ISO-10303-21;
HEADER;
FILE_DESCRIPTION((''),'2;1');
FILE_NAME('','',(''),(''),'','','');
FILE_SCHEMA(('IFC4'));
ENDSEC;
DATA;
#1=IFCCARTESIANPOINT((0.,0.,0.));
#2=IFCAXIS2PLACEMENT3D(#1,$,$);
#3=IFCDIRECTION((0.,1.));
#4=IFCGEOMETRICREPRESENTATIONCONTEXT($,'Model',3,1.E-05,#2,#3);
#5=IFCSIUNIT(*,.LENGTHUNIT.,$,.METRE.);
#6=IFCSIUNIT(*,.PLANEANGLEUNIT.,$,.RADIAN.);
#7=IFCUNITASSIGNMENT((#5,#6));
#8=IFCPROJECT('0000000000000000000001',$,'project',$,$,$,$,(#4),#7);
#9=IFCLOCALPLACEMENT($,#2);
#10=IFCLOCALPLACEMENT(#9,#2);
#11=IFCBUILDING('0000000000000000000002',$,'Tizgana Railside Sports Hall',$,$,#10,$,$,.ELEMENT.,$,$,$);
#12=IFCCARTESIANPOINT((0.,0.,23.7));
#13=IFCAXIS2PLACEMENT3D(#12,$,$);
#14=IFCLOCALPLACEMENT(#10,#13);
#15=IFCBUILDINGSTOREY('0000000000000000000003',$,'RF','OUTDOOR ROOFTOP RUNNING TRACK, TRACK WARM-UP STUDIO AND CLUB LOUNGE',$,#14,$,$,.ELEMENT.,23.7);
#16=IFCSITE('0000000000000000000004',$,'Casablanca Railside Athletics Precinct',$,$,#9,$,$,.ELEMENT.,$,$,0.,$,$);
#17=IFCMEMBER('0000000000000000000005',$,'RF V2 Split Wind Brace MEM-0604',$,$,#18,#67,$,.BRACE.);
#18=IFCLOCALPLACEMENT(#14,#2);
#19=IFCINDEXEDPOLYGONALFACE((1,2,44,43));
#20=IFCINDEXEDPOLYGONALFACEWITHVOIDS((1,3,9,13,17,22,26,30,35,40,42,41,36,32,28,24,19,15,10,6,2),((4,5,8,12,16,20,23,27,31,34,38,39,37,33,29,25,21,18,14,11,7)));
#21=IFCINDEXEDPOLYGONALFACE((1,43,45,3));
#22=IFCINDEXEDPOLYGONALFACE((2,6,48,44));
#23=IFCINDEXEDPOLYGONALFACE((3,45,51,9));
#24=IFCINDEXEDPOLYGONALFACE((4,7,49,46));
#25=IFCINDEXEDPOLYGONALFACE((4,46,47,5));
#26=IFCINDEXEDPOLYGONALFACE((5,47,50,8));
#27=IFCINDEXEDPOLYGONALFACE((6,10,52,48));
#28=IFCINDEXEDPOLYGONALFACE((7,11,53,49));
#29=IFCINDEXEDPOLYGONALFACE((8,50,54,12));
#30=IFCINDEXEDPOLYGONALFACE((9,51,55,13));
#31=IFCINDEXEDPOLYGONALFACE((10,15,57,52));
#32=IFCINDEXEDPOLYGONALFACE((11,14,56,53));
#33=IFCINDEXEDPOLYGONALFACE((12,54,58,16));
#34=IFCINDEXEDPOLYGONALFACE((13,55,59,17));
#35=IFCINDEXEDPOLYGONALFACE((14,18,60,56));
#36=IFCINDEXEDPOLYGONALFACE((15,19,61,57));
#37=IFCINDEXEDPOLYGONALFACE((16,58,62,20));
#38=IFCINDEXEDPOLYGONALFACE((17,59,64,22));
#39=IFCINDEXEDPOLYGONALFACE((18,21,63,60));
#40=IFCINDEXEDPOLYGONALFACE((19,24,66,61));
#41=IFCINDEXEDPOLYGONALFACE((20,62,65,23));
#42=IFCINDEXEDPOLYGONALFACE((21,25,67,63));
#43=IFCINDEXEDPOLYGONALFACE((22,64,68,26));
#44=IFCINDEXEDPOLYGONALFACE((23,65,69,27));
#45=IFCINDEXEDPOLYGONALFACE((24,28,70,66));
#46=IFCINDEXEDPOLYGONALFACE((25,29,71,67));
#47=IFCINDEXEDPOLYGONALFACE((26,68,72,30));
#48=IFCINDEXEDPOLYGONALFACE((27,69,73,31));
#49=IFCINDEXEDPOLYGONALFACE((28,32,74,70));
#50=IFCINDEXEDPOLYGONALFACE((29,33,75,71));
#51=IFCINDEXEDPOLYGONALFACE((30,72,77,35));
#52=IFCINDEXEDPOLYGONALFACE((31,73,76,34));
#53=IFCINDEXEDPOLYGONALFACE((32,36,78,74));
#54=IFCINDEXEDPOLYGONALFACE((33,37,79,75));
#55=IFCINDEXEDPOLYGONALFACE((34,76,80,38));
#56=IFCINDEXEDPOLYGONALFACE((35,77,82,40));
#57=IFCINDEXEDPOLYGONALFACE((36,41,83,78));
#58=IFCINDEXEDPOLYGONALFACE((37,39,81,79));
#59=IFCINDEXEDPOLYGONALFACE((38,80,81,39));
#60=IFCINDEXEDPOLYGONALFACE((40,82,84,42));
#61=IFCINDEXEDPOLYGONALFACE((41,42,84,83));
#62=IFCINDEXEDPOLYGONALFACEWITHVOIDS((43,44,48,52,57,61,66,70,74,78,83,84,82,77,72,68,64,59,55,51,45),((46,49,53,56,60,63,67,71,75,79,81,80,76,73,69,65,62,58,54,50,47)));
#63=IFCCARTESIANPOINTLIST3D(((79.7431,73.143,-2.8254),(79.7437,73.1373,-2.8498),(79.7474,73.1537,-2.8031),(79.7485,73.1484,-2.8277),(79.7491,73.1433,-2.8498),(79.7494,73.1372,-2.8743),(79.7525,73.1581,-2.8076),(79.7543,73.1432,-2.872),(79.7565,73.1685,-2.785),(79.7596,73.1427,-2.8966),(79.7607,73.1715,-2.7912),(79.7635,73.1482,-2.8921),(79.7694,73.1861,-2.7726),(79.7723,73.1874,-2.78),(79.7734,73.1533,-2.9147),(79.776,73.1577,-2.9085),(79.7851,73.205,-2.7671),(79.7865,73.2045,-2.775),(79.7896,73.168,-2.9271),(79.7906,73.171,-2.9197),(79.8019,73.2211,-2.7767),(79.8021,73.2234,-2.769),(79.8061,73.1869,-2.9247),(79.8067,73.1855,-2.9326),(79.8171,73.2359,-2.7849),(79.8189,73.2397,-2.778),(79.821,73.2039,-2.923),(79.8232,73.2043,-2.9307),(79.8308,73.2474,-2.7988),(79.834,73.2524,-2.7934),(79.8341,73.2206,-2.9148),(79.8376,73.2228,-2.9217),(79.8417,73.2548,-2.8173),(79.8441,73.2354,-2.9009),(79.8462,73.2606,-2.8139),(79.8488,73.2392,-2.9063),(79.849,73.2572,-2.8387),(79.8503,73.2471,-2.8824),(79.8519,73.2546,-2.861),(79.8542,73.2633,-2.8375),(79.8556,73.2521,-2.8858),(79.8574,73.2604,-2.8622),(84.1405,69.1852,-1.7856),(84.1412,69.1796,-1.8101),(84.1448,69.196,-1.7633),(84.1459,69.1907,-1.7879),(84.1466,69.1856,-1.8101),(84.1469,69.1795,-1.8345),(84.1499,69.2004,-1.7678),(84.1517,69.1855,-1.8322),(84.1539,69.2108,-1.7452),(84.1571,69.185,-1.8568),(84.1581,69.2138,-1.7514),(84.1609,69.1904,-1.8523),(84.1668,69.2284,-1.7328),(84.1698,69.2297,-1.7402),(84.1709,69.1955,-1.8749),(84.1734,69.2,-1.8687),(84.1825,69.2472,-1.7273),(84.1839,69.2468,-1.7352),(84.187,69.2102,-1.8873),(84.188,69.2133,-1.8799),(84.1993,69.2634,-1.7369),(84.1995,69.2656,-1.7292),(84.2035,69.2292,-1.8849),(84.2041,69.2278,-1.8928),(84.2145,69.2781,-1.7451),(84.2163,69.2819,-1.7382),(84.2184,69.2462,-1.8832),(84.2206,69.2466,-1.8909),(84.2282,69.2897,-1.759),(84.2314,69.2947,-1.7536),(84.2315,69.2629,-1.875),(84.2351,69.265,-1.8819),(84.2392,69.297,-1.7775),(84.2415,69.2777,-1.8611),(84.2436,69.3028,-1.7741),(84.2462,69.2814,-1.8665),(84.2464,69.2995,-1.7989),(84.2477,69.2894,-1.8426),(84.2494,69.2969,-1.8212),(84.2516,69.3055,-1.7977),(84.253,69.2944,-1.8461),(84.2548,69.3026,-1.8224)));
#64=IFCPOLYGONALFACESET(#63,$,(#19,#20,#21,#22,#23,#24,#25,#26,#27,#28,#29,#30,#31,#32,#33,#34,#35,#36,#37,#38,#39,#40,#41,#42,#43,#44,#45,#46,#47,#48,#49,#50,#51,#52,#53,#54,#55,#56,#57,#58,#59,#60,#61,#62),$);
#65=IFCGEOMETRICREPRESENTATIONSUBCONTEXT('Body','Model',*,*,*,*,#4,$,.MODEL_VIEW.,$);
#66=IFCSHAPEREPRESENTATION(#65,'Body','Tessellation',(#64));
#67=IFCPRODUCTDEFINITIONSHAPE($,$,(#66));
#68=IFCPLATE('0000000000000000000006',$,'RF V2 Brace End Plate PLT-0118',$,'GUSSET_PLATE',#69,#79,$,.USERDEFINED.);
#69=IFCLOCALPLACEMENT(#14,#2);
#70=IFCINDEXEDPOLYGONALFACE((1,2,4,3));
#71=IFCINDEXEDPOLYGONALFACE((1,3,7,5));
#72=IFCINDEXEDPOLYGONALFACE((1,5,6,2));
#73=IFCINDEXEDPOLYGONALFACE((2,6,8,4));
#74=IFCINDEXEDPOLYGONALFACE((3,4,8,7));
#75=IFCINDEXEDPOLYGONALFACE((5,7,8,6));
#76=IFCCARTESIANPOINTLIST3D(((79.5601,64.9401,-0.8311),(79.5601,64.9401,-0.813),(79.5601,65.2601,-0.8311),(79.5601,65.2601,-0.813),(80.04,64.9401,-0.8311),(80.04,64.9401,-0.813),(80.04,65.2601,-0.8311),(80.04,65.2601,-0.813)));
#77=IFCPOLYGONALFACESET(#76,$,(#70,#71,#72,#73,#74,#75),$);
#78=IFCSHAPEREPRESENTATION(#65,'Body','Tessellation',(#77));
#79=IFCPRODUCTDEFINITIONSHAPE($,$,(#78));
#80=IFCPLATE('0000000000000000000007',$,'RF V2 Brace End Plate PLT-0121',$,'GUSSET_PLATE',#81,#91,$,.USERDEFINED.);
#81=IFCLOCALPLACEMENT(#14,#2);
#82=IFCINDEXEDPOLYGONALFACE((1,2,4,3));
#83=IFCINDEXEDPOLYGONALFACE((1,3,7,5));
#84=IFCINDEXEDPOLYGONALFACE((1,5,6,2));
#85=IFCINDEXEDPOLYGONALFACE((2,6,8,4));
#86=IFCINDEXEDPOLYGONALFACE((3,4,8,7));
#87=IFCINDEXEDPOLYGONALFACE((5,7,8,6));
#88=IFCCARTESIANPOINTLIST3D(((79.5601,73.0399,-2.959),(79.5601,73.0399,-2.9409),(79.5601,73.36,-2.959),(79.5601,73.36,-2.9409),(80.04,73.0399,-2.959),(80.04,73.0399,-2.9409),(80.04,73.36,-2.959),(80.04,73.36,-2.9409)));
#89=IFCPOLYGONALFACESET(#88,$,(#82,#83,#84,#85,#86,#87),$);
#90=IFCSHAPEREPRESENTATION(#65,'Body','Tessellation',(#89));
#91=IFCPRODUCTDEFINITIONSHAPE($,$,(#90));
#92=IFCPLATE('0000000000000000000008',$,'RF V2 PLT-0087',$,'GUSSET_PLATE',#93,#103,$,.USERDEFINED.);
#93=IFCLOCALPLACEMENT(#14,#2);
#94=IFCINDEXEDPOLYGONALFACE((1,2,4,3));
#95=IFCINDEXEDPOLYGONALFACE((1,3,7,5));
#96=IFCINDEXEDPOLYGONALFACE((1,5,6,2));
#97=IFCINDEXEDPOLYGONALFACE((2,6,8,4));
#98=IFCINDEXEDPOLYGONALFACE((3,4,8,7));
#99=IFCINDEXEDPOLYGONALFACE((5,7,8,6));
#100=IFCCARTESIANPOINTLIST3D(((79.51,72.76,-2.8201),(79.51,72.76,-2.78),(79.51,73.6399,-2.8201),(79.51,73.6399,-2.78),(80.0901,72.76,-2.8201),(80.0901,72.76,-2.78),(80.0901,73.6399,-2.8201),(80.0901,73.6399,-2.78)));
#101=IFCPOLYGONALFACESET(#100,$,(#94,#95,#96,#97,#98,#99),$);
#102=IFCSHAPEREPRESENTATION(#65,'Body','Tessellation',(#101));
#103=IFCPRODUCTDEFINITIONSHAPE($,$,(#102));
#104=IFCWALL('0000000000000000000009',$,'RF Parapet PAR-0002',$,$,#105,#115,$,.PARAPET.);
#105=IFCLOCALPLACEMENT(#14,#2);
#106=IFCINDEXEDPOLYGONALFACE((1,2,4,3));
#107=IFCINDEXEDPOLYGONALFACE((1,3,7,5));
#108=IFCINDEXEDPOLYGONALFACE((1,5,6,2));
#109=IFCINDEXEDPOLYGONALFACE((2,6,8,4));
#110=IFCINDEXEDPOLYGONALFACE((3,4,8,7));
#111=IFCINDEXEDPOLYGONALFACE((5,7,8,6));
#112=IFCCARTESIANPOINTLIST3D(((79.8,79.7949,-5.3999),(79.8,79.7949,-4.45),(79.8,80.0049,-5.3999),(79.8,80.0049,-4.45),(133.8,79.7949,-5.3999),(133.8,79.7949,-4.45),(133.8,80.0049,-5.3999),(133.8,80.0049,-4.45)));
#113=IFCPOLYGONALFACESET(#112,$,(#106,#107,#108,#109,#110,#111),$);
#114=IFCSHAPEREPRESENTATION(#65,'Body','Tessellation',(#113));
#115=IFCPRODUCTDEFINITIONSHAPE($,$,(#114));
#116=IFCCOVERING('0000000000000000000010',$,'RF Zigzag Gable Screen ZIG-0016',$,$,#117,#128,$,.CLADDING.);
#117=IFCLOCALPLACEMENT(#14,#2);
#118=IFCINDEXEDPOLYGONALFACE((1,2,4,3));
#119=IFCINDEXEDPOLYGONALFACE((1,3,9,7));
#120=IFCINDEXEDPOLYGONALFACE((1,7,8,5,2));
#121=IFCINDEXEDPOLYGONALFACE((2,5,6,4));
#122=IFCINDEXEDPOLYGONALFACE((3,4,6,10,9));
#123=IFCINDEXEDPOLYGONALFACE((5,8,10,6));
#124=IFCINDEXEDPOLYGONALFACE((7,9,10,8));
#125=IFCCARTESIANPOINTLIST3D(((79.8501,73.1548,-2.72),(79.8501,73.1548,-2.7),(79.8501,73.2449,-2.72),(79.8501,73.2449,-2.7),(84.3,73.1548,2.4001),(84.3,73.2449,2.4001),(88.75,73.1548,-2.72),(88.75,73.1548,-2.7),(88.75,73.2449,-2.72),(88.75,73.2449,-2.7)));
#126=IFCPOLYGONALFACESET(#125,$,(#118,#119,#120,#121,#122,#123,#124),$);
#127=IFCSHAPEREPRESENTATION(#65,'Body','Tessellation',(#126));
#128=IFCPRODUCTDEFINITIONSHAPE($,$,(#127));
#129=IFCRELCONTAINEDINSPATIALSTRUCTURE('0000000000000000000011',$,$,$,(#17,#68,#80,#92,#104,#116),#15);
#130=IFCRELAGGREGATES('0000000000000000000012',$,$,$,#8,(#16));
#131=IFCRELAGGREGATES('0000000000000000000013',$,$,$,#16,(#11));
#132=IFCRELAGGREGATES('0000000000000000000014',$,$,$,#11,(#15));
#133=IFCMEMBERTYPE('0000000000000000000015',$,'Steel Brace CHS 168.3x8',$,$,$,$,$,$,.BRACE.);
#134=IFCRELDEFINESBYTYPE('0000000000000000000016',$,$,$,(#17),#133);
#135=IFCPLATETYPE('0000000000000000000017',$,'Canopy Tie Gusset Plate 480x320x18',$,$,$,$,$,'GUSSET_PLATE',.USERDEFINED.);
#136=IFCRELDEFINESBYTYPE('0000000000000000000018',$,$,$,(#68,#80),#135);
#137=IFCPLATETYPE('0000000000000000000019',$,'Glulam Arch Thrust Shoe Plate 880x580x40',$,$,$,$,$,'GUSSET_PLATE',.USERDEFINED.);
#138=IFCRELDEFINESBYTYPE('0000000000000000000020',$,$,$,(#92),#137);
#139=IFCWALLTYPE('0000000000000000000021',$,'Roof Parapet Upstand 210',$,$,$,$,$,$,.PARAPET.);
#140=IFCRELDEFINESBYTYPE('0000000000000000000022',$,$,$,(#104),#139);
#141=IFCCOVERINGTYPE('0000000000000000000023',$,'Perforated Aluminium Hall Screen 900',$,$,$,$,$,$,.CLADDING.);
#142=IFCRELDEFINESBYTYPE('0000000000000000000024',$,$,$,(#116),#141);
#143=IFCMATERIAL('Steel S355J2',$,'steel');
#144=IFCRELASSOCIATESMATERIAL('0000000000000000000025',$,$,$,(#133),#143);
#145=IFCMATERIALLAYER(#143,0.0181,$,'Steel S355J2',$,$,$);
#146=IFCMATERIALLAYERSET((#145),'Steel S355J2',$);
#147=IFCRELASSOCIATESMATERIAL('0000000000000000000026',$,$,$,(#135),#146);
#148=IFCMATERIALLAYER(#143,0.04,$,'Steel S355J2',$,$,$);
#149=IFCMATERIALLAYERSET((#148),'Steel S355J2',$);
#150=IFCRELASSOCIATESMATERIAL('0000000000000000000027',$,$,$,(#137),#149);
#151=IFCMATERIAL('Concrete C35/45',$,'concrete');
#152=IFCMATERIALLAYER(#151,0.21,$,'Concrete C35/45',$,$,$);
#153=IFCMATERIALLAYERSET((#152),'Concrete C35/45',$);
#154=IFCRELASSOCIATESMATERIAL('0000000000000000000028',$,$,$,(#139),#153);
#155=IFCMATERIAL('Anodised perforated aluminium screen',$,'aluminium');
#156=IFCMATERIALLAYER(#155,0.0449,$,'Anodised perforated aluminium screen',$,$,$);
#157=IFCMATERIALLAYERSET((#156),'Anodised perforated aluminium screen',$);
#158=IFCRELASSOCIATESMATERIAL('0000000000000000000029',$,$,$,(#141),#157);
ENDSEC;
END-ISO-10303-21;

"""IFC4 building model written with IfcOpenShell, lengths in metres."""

from ifc_helpers import new_model, si_unit, direction, frame, frame_2d, origin, origin_2d, place, context, subcontext, project, spatial, polyline, rectangle, hollow_circle, outline, extrude, material, layer, layer_set, material_profile, profile_set, type_object, element, save


model = new_model("IFC4")

# Units and contexts
model_context = context("Model", 3, precision=1e-05, world=origin(), true_north=direction((0.0, 1.0)))
body_context = subcontext(model_context, "Body", "Model", "MODEL_VIEW")
ifc_project = project(units=[si_unit("LENGTHUNIT", "METRE"), si_unit("PLANEANGLEUNIT", "RADIAN")], contexts=[model_context])

# Site, building, storey
site_placement = place(None, origin())
site = spatial("IfcSite", under=ifc_project, at=site_placement, Name="Casablanca Railside Athletics Precinct", CompositionType="ELEMENT", RefElevation=0.0)
building_placement = place(site_placement, origin())
building = spatial("IfcBuilding", under=site, at=building_placement, Name="Tizgana Railside Sports Hall", CompositionType="ELEMENT")
storey_placement = place(building_placement, frame((0.0, 0.0, 23.7)))
storey = spatial("IfcBuildingStorey", under=building, at=storey_placement, Name="RF", Description="OUTDOOR ROOFTOP RUNNING TRACK, TRACK WARM-UP STUDIO AND CLUB LOUNGE", CompositionType="ELEMENT", Elevation=23.7)

# Member
ifc_material_1 = material(Name="Steel S355J2", Category="steel")
ifc_material_profile_1 = material_profile(ifc_material_1, hollow_circle(Radius=0.0842, WallThickness=0.0081, at=origin_2d()), Name="CHS 168.3x8")
ifc_profile_set_1 = profile_set([ifc_material_profile_1], Name="Steel S355J2")
member_type_1 = type_object("IfcMemberType", Name="Steel Brace CHS 168.3x8", PredefinedType="BRACE", material=ifc_profile_set_1)
member_1_placement = place(storey_placement, frame((84.1975, 69.2422, -1.8101), z_axis=(-0.732069, 0.658871, -0.1731), x_axis=(-0.668969, -0.74329, 0.0)))
element("IfcMember", 1, at=member_1_placement, inside=storey, type_object=member_type_1, Name="RF V2 Split Wind Brace MEM-0604", PredefinedType="BRACE", context=body_context, shape_type="SweptSolid", body=[
    extrude(hollow_circle(Radius=0.0842, WallThickness=0.0081, at=origin_2d()), origin(), (0.0, 0.0, 1.0), 6.0068),
])

# Plates
ifc_layer_1 = layer(ifc_material_1, 0.0181, Name="Steel S355J2")
ifc_layer_set_1 = layer_set([ifc_layer_1], Name="Steel S355J2")
plate_type_1 = type_object("IfcPlateType", Name="Canopy Tie Gusset Plate 480x320x18", ElementType="GUSSET_PLATE", PredefinedType="USERDEFINED", material=ifc_layer_set_1)
for number, where, z_axis, x_axis, name in (
    (2, (79.8, 65.1001, -0.8311), (0.0, 0.0, 1.0), (1.0, 0.0, 0.0), "RF V2 Brace End Plate PLT-0118"),
    (3, (79.8, 73.2, -2.959), (0.0, 0.0, 1.0), (1.0, 0.0, 0.0), "RF V2 Brace End Plate PLT-0121"),
):
    element("IfcPlate", number, at=place(storey_placement, frame(where, z_axis=z_axis, x_axis=x_axis)), inside=storey, type_object=plate_type_1, Name=name, ObjectType="GUSSET_PLATE", PredefinedType="USERDEFINED", context=body_context, shape_type="SweptSolid", body=[
        extrude(rectangle(XDim=0.48, YDim=0.3201, at=origin_2d()), origin(), (0.0, 0.0, 1.0), 0.0181),
    ])
ifc_layer_2 = layer(ifc_material_1, 0.04, Name="Steel S355J2")
ifc_layer_set_2 = layer_set([ifc_layer_2], Name="Steel S355J2")
plate_type_2 = type_object("IfcPlateType", Name="Glulam Arch Thrust Shoe Plate 880x580x40", ElementType="GUSSET_PLATE", PredefinedType="USERDEFINED", material=ifc_layer_set_2)
plate_placement = place(storey_placement, frame((79.8, 73.2, -2.8201), z_axis=(0.0, 0.0, 1.0), x_axis=(1.0, 0.0, 0.0)))
element("IfcPlate", 4, at=plate_placement, inside=storey, type_object=plate_type_2, Name="RF V2 PLT-0087", ObjectType="GUSSET_PLATE", PredefinedType="USERDEFINED", context=body_context, shape_type="SweptSolid", body=[
    extrude(rectangle(XDim=0.5801, YDim=0.8799, at=origin_2d()), origin(), (0.0, 0.0, 1.0), 0.04),
])

# Wall
ifc_material_2 = material(Name="Concrete C35/45", Category="concrete")
ifc_layer_3 = layer(ifc_material_2, 0.21, Name="Concrete C35/45")
ifc_layer_set_3 = layer_set([ifc_layer_3], Name="Concrete C35/45")
wall_type = type_object("IfcWallType", Name="Roof Parapet Upstand 210", PredefinedType="PARAPET", material=ifc_layer_set_3)
wall_placement = place(storey_placement, frame((79.8, 79.8999, -5.3999), z_axis=(0.0, 0.0, 1.0), x_axis=(1.0, 0.0, 0.0)))
element("IfcWall", 5, at=wall_placement, inside=storey, type_object=wall_type, Name="RF Parapet PAR-0002", PredefinedType="PARAPET", context=body_context, shape_type="SweptSolid", body=[
    extrude(rectangle(XDim=54.0, YDim=0.21, at=frame_2d((27.0, 0.0))), origin(), (0.0, 0.0, 1.0), 0.95),
])

# Covering
ifc_material_3 = material(Name="Anodised perforated aluminium screen", Category="aluminium")
ifc_layer_4 = layer(ifc_material_3, 0.0449, Name="Anodised perforated aluminium screen")
ifc_layer_set_4 = layer_set([ifc_layer_4], Name="Anodised perforated aluminium screen")
covering_type = type_object("IfcCoveringType", Name="Perforated Aluminium Hall Screen 900", PredefinedType="CLADDING", material=ifc_layer_set_4)
covering_placement = place(storey_placement, frame((79.8501, 73.2, -2.72), z_axis=(0.0, 0.0, 1.0), x_axis=(1.0, 0.0, 0.0)))
element("IfcCovering", 6, at=covering_placement, inside=storey, type_object=covering_type, Name="RF Zigzag Gable Screen ZIG-0016", PredefinedType="CLADDING", context=body_context, shape_type="SweptSolid", body=[
    extrude(outline(polyline([(0.0, 0.0), (8.8999, 0.0), (8.8999, 0.02), (4.45, 5.1201), (0.0, 0.02), (0.0, 0.0)])), frame((0.0, 0.0449, 0.0), z_axis=(0.0, -1.0, 0.0), x_axis=(1.0, 0.0, 0.0)), (0.0, 0.0, 1.0), 0.0901),
])

save(model, "model.ifc")
